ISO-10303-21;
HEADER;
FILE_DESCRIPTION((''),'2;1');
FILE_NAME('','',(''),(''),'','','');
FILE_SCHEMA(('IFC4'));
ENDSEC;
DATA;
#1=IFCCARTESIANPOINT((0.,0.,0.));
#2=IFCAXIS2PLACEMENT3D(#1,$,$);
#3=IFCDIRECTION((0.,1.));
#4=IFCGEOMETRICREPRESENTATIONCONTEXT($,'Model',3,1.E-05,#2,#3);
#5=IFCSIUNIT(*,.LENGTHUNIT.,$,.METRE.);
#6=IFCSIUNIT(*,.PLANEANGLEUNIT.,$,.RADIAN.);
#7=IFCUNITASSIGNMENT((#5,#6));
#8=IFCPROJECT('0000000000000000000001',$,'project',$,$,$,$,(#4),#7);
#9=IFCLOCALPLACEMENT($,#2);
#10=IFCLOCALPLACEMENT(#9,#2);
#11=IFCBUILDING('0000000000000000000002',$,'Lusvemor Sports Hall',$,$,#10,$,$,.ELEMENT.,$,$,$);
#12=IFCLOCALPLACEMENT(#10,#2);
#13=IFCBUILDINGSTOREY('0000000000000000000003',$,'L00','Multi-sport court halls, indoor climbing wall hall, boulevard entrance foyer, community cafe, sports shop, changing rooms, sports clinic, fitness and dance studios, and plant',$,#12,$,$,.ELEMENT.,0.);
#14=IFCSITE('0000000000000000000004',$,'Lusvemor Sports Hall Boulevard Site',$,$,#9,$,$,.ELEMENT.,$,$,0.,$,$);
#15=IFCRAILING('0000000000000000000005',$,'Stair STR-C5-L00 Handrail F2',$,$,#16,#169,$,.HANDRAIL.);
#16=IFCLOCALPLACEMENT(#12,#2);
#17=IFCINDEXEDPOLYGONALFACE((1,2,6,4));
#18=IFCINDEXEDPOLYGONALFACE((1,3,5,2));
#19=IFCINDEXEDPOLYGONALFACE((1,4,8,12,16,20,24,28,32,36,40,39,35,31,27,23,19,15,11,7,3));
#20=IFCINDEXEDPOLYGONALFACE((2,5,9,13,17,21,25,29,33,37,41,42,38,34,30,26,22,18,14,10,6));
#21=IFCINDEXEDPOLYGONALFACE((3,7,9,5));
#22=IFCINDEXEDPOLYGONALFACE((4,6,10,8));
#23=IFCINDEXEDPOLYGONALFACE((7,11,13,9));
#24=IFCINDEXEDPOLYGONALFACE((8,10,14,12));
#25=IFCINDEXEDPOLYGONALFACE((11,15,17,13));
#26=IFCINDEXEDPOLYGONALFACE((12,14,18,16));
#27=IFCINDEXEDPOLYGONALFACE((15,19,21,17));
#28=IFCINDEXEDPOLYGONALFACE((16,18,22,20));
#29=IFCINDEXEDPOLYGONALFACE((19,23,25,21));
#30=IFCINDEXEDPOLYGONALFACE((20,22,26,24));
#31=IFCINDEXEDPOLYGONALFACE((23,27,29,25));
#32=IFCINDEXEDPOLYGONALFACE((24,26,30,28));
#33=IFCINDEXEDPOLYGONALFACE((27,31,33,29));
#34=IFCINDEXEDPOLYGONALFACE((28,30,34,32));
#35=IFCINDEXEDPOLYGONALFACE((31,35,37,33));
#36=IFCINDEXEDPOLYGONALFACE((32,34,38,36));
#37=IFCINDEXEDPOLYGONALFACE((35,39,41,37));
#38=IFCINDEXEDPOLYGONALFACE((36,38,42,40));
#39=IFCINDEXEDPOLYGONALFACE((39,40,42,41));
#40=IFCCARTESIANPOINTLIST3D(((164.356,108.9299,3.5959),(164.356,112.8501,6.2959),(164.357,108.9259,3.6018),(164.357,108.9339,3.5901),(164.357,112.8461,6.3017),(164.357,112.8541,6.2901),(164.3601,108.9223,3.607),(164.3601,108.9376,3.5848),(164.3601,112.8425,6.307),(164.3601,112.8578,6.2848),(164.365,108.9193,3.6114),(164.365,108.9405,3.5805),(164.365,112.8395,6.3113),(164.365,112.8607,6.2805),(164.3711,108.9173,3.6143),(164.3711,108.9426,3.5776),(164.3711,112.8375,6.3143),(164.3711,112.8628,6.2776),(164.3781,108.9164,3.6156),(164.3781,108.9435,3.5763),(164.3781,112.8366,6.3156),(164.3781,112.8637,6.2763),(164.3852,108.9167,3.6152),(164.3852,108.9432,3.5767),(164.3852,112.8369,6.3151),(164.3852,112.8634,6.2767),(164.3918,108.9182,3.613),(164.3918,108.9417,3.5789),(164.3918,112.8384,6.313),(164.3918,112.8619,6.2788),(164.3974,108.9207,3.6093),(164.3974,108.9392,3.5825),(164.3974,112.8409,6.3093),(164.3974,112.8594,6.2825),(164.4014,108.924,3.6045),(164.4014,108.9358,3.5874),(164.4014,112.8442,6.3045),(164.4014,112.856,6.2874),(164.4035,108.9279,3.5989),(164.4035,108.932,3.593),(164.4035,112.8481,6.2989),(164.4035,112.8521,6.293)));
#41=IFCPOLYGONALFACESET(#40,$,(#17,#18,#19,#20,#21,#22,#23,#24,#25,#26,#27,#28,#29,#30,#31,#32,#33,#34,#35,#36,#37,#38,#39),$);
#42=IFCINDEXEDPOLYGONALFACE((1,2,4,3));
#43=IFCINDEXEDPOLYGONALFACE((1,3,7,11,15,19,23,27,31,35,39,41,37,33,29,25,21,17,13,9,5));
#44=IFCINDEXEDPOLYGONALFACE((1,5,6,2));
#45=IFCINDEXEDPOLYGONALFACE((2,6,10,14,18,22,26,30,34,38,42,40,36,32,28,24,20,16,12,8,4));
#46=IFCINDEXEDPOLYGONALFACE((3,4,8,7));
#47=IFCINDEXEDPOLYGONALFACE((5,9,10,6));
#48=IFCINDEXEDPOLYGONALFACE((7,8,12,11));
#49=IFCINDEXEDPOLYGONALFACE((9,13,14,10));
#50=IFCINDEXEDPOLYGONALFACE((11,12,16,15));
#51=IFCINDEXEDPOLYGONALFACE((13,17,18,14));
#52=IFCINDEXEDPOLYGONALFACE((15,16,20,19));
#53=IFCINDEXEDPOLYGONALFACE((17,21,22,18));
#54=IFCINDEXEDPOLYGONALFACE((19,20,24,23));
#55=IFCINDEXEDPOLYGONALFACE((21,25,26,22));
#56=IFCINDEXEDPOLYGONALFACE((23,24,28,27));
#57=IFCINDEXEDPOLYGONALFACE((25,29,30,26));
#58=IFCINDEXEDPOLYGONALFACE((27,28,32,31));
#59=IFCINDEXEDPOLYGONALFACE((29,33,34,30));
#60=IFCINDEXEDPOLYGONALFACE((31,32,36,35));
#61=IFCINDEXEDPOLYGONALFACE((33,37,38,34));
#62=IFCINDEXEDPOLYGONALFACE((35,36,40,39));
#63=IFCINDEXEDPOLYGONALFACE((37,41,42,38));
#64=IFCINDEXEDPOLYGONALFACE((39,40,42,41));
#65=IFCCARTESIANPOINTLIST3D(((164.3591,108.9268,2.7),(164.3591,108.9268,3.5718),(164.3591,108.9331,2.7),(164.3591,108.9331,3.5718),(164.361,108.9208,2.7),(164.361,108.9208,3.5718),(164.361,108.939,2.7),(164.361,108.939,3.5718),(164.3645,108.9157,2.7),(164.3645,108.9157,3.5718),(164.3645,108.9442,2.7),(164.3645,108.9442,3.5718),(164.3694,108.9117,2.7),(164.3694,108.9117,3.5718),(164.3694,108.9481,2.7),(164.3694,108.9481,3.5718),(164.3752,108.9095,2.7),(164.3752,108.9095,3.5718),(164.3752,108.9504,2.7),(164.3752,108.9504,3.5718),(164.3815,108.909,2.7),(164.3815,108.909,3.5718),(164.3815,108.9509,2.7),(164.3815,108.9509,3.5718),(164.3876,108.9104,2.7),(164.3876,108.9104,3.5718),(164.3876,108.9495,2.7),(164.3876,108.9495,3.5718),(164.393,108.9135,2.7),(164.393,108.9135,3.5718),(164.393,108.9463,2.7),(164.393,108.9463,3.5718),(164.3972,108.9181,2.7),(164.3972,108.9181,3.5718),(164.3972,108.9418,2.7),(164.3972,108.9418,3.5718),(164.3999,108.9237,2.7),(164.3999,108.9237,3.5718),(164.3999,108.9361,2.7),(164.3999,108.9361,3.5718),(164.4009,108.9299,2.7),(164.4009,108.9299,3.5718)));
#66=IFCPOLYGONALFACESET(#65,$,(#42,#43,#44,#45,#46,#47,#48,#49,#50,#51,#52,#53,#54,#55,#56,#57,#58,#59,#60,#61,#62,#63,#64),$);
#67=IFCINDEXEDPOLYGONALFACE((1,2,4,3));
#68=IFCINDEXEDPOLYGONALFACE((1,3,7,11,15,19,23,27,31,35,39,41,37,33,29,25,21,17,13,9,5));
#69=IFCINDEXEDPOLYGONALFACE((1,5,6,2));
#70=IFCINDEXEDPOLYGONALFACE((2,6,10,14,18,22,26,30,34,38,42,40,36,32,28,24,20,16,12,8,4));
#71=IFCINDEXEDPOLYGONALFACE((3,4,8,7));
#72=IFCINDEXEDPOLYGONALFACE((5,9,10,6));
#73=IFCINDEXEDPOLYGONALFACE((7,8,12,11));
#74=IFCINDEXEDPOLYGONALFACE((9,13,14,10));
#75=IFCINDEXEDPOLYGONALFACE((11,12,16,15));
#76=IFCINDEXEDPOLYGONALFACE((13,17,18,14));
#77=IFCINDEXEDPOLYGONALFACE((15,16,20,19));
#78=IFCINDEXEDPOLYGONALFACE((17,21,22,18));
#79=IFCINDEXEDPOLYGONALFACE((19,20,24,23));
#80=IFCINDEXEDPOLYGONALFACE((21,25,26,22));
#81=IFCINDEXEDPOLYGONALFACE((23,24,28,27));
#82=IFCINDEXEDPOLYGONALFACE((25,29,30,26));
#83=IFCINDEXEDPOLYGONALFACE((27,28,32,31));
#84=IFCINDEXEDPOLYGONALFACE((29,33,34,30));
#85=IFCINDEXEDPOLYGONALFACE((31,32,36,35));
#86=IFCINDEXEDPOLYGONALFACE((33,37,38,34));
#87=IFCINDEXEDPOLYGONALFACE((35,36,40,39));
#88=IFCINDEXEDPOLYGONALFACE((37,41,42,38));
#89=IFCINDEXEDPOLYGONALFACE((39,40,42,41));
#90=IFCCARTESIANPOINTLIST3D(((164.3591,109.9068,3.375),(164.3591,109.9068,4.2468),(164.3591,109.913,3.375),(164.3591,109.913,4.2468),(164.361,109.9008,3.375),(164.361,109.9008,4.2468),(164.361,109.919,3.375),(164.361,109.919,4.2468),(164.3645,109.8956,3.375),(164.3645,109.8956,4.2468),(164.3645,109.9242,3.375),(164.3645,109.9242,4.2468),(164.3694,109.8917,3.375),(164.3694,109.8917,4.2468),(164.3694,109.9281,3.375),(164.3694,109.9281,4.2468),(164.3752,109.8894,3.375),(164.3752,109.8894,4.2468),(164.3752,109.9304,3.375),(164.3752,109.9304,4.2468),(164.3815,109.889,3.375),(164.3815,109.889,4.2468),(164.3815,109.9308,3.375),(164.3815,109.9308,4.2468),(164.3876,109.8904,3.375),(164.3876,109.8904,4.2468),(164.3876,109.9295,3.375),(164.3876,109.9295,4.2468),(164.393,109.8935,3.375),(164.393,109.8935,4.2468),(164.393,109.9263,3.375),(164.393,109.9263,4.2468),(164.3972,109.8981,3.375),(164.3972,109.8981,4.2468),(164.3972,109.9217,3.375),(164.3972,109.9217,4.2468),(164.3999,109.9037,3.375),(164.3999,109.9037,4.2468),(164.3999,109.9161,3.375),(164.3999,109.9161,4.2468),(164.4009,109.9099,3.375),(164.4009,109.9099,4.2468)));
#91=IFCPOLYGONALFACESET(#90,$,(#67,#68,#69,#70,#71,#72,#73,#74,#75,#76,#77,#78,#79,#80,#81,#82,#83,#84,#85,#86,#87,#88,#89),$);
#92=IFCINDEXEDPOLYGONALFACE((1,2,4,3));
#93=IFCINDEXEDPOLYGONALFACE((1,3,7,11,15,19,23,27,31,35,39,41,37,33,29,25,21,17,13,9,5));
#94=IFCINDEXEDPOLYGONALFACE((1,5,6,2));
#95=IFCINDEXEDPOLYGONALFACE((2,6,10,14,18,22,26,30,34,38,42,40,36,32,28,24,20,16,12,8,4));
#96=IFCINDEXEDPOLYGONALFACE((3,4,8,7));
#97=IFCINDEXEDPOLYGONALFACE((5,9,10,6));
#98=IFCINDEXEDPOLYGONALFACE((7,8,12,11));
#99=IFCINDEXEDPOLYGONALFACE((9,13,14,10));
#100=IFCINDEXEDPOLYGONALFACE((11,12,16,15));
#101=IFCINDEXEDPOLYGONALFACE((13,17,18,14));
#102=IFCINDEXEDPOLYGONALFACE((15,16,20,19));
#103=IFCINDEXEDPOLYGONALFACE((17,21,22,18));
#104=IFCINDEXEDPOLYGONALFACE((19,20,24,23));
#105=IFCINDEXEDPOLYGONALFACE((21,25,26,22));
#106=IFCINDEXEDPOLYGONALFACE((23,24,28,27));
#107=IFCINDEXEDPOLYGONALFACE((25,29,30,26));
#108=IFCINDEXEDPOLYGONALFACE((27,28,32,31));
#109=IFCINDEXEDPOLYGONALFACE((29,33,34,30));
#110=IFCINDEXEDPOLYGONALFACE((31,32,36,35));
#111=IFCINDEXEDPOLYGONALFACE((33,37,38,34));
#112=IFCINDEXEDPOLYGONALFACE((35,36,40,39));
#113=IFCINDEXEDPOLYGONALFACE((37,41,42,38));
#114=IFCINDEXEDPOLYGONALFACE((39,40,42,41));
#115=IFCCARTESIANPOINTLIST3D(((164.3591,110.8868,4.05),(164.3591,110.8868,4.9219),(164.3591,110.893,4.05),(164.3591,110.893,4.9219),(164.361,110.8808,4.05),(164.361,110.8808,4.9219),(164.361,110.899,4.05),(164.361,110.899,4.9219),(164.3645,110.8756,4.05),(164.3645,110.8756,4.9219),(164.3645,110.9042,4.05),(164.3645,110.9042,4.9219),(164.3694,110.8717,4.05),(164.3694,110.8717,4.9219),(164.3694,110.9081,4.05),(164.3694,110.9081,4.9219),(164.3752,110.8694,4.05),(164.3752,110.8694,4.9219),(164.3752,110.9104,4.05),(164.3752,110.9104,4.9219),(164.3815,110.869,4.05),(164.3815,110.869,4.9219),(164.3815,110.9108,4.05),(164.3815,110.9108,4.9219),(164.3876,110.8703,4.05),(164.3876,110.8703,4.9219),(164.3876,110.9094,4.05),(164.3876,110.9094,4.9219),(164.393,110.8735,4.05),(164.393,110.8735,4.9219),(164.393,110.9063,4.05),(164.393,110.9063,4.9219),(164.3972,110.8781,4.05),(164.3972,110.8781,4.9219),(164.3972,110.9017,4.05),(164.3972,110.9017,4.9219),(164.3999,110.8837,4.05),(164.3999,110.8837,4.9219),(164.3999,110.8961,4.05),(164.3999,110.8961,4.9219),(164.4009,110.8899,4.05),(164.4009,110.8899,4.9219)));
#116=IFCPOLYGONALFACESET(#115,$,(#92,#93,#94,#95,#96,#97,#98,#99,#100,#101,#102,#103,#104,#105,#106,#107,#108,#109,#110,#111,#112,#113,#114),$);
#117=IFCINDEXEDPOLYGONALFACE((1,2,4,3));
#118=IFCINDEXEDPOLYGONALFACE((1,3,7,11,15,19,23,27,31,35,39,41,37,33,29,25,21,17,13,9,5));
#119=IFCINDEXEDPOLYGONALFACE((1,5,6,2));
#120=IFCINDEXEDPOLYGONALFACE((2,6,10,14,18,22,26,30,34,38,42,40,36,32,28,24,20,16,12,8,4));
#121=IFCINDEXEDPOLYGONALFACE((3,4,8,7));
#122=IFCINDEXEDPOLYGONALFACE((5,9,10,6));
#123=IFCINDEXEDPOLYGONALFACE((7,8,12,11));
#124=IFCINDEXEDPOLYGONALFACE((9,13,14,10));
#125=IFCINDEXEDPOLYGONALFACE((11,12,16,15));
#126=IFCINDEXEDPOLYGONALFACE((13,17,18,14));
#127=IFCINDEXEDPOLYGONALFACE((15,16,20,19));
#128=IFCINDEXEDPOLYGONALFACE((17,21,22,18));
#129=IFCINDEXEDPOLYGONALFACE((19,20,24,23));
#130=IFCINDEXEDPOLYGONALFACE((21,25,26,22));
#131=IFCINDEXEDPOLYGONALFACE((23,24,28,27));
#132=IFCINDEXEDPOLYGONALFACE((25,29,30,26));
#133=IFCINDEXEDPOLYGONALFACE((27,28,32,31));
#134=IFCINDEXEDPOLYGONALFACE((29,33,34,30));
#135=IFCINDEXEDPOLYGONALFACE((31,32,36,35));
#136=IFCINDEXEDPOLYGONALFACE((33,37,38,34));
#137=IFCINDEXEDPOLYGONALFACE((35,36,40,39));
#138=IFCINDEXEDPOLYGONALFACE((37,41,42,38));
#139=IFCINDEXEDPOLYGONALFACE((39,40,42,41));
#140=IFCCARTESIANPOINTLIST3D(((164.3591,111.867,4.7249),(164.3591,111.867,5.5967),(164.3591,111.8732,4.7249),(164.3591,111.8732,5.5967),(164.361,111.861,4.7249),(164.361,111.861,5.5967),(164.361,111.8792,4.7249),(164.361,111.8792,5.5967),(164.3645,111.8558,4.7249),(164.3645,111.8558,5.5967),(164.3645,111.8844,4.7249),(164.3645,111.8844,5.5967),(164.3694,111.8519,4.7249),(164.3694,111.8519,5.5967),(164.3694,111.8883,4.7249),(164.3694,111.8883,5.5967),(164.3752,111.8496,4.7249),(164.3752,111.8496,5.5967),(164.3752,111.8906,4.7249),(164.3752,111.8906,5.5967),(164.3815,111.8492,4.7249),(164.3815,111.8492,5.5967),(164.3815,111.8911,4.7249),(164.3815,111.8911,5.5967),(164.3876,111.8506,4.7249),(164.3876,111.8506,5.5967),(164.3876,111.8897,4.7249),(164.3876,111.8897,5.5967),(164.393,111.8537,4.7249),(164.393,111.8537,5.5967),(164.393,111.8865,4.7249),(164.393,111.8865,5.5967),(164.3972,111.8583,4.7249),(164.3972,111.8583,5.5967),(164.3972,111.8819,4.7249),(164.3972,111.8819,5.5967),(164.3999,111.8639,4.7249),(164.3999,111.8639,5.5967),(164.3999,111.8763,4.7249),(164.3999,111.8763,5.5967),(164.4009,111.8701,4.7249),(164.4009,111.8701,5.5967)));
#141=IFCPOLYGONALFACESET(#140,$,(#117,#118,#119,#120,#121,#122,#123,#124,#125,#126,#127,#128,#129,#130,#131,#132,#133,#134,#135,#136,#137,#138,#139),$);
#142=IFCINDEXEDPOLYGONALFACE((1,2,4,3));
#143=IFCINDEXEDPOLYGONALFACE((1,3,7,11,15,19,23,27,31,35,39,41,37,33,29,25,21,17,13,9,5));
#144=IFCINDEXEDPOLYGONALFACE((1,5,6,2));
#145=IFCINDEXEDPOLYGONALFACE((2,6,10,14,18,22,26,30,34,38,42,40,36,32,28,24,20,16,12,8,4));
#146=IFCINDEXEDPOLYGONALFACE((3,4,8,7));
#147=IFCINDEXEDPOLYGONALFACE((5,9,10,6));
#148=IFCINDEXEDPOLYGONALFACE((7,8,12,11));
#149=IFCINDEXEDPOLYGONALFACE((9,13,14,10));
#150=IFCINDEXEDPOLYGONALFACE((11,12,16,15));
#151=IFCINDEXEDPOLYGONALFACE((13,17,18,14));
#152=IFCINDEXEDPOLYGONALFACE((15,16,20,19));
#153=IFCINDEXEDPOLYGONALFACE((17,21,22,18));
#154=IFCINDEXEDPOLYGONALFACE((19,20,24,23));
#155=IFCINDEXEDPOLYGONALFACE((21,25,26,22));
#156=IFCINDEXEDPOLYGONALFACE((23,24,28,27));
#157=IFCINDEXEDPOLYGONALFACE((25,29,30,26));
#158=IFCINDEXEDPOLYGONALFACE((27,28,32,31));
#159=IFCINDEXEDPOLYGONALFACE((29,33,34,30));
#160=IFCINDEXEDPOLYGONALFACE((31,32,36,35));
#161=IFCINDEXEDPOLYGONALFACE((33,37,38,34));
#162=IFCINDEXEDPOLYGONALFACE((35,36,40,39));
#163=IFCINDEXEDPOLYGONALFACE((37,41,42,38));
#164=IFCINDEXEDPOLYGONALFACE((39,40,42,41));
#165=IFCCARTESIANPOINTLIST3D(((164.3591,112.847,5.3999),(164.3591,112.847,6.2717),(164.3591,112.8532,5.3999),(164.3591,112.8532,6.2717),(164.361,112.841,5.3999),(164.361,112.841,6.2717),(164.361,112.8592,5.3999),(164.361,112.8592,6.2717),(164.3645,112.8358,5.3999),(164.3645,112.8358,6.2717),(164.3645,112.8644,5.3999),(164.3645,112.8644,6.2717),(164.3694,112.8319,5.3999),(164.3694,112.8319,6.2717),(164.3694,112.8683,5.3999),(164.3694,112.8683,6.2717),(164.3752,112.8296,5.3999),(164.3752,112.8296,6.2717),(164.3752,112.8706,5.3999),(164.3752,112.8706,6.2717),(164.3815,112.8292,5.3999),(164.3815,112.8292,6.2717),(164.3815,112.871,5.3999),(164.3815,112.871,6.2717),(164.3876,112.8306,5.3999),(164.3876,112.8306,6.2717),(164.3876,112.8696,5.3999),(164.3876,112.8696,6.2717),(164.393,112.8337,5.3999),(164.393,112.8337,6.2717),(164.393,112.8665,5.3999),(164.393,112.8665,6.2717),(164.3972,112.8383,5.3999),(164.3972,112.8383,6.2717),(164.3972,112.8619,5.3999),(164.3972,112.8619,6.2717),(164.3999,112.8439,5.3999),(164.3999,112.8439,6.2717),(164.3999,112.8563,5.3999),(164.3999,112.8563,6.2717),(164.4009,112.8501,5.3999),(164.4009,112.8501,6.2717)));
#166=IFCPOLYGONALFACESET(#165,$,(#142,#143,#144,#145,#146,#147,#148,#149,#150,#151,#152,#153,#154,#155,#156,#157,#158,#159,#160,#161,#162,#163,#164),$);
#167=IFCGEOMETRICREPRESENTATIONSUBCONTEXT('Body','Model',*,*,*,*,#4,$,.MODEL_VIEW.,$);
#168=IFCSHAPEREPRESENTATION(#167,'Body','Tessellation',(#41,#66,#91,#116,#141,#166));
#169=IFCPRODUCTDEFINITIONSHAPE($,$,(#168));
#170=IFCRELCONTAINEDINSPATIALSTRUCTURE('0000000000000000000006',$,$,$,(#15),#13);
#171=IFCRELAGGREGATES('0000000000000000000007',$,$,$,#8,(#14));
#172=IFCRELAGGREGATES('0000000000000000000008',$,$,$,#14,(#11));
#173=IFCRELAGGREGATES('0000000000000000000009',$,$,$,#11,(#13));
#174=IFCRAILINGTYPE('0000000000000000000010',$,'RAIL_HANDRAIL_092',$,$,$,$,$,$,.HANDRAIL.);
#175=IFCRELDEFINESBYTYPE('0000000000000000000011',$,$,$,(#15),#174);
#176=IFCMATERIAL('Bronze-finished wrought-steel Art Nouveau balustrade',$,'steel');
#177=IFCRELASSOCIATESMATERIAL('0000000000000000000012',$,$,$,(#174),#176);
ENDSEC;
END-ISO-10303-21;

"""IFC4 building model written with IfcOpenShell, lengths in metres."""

from ifc_helpers import new_model, si_unit, direction, frame, origin, origin_2d, place, context, subcontext, project, spatial, circle, extrude, material, type_object, element, save


model = new_model("IFC4")

# Units and contexts
model_context = context("Model", 3, precision=1e-05, world=origin(), true_north=direction((0.0, 1.0)))
body_context = subcontext(model_context, "Body", "Model", "MODEL_VIEW")
ifc_project = project(units=[si_unit("LENGTHUNIT", "METRE"), si_unit("PLANEANGLEUNIT", "RADIAN")], contexts=[model_context])

# Site, building, storey
site_placement = place(None, origin())
site = spatial("IfcSite", under=ifc_project, at=site_placement, Name="Lusvemor Sports Hall Boulevard Site", CompositionType="ELEMENT", RefElevation=0.0)
building_placement = place(site_placement, origin())
building = spatial("IfcBuilding", under=site, at=building_placement, Name="Lusvemor Sports Hall", CompositionType="ELEMENT")
storey_placement = place(building_placement, origin())
storey = spatial("IfcBuildingStorey", under=building, at=storey_placement, Name="L00", Description="Multi-sport court halls, indoor climbing wall hall, boulevard entrance foyer, community cafe, sports shop, changing rooms, sports clinic, fitness and dance studios, and plant", CompositionType="ELEMENT", Elevation=0.0)

# Railing
ifc_material_1 = material(Name="Bronze-finished wrought-steel Art Nouveau balustrade", Category="steel")
railing_type_1 = type_object("IfcRailingType", Name="RAIL_HANDRAIL_092", PredefinedType="HANDRAIL", material=ifc_material_1)
railing_1_placement = place(storey_placement, frame((164.3799, 108.9299, 2.7)))
element("IfcRailing", 1, at=railing_1_placement, inside=storey, type_object=railing_type_1, Name="Stair STR-C5-L00 Handrail F2", PredefinedType="HANDRAIL", context=body_context, shape_type="SweptSolid", body=[
    extrude(circle(Radius=0.0239, at=origin_2d()), frame((0.0, 0.0, 0.896), z_axis=(0.0, 0.823567, 0.567219), x_axis=(-1.0, 0.0, 0.0)), (0.0, 0.0, 1.0), 4.76),
    extrude(circle(Radius=0.021, at=origin_2d()), origin(), (0.0, 0.0, 1.0), 0.8718),
    extrude(circle(Radius=0.021, at=origin_2d()), frame((0.0, 0.98, 0.675)), (0.0, 0.0, 1.0), 0.8718),
    extrude(circle(Radius=0.021, at=origin_2d()), frame((0.0, 1.96, 1.3501)), (0.0, 0.0, 1.0), 0.8718),
    extrude(circle(Radius=0.021, at=origin_2d()), frame((0.0, 2.9402, 2.0249)), (0.0, 0.0, 1.0), 0.8718),
    extrude(circle(Radius=0.021, at=origin_2d()), frame((0.0, 3.9202, 2.7)), (0.0, 0.0, 1.0), 0.8718),
])

save(model, "model.ifc")
